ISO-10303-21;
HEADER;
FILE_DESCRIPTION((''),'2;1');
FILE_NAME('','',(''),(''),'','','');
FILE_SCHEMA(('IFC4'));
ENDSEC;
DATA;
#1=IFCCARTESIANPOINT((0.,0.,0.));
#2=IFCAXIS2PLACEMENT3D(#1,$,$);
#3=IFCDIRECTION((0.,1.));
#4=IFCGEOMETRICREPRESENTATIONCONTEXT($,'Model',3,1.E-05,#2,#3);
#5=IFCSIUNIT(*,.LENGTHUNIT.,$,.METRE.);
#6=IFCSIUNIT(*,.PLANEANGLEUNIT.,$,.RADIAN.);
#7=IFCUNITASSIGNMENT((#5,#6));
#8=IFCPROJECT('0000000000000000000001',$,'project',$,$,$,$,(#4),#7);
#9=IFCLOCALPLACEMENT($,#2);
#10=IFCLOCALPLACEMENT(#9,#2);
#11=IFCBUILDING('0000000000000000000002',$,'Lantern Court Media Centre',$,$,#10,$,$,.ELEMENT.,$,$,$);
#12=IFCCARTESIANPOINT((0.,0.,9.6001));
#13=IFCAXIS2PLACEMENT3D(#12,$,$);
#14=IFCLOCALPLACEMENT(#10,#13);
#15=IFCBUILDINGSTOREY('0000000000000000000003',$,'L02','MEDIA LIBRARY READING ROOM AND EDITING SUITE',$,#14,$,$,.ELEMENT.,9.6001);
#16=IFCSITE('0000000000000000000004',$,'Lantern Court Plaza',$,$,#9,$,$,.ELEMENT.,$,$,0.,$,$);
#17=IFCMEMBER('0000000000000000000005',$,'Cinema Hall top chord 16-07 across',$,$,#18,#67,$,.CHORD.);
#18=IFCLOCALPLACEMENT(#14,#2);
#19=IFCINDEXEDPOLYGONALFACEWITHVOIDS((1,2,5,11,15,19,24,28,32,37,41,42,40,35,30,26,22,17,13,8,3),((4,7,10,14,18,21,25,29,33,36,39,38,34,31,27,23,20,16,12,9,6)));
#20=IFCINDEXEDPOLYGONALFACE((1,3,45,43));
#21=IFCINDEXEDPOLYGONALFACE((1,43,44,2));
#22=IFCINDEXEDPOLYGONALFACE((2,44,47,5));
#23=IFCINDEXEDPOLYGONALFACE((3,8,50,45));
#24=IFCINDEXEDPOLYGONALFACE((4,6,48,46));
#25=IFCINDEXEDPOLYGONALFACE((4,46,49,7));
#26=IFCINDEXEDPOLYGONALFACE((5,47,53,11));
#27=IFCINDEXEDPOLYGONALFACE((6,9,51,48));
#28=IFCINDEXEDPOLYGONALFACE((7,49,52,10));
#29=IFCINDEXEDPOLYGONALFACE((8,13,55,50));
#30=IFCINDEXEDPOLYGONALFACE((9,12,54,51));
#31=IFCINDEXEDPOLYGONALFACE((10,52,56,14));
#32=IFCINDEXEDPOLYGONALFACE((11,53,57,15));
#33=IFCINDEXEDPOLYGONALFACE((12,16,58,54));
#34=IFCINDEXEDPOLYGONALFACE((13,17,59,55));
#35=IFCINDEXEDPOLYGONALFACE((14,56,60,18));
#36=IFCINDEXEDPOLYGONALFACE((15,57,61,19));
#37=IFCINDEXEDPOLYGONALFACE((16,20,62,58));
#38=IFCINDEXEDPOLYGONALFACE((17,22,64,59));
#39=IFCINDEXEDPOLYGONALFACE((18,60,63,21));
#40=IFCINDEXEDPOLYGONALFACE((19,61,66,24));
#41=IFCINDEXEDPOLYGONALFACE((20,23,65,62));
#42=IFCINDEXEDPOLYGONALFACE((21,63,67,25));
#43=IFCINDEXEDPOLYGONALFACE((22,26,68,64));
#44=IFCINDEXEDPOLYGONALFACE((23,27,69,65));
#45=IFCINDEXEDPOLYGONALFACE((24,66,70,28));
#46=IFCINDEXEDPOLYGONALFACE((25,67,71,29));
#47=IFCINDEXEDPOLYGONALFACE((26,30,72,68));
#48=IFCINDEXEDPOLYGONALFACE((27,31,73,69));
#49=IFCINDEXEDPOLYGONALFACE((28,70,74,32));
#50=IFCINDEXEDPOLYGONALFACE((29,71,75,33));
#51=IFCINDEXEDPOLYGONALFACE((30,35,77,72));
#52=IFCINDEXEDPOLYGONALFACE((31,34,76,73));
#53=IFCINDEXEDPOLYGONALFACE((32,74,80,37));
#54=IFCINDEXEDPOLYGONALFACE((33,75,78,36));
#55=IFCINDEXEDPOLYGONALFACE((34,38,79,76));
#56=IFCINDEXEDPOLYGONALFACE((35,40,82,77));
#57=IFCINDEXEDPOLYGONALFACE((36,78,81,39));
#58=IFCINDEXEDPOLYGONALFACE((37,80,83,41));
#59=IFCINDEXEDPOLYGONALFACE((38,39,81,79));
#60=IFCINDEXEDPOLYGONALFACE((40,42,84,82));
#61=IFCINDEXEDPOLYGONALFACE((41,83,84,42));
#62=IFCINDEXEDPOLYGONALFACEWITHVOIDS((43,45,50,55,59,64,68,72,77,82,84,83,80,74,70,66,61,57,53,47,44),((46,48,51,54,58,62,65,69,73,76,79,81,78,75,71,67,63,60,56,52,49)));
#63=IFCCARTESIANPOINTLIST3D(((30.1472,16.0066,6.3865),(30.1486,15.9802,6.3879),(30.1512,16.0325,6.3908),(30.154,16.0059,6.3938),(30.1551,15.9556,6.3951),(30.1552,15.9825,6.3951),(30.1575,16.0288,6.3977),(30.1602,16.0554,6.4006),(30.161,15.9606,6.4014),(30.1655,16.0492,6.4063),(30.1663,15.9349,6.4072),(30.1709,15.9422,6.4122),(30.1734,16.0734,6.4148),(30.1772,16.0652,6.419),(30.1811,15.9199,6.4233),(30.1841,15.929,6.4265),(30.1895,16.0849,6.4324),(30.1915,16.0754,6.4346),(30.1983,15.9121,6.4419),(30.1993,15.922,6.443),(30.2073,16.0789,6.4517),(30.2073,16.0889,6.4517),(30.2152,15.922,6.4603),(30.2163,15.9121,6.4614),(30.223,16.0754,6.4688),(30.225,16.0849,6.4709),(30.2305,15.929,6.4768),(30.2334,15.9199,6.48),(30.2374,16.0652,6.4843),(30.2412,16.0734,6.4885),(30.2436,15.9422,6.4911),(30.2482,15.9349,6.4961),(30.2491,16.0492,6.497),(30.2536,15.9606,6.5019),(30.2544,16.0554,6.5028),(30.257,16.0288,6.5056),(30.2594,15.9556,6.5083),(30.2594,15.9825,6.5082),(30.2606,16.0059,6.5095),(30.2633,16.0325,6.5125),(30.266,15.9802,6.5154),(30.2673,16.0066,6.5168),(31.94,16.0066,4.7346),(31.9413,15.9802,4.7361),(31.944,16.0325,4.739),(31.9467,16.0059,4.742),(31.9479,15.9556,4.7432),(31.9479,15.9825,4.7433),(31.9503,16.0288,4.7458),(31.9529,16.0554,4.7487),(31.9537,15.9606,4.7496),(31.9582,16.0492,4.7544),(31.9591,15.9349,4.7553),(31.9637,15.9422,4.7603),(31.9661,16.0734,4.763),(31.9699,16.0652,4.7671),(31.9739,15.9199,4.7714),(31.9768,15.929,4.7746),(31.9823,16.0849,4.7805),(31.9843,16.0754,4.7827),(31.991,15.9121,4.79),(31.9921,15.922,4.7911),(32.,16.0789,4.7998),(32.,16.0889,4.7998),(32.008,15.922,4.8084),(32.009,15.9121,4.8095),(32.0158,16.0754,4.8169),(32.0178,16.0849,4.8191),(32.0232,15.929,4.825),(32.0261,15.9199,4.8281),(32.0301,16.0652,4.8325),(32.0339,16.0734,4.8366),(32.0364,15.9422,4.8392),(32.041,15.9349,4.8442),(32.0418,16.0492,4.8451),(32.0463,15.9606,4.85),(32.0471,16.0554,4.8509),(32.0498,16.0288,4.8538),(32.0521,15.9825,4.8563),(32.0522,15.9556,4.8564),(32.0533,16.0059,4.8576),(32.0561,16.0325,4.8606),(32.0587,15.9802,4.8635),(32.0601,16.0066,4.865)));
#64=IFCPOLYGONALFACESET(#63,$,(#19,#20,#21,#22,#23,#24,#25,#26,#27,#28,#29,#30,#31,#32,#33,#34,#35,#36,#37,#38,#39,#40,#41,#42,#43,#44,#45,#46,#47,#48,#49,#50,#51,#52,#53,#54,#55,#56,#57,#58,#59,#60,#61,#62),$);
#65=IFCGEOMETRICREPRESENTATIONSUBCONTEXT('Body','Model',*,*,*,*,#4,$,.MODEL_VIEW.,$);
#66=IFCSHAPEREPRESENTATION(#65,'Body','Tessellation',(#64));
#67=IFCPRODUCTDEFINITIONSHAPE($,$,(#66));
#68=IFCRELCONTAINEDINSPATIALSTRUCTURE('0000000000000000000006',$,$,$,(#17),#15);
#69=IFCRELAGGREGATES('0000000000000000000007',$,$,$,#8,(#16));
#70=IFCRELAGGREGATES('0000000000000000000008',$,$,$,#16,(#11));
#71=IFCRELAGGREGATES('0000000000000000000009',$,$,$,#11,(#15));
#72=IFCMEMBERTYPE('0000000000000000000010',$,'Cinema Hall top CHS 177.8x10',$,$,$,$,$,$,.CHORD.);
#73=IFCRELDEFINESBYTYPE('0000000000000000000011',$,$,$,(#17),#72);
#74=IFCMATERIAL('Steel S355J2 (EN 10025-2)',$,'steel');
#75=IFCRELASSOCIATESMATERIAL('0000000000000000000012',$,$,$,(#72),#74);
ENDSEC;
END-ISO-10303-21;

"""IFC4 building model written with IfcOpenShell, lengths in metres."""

from ifc_helpers import new_model, si_unit, direction, frame, origin, origin_2d, place, context, subcontext, project, spatial, hollow_circle, extrude, material, material_profile, profile_set, type_object, element, save


model = new_model("IFC4")

# Units and contexts
model_context = context("Model", 3, precision=1e-05, world=origin(), true_north=direction((0.0, 1.0)))
body_context = subcontext(model_context, "Body", "Model", "MODEL_VIEW")
ifc_project = project(units=[si_unit("LENGTHUNIT", "METRE"), si_unit("PLANEANGLEUNIT", "RADIAN")], contexts=[model_context])

# Site, building, storey
site_placement = place(None, origin())
site = spatial("IfcSite", under=ifc_project, at=site_placement, Name="Lantern Court Plaza", CompositionType="ELEMENT", RefElevation=0.0)
building_placement = place(site_placement, origin())
building = spatial("IfcBuilding", under=site, at=building_placement, Name="Lantern Court Media Centre", CompositionType="ELEMENT")
storey_placement = place(building_placement, frame((0.0, 0.0, 9.6001)))
storey = spatial("IfcBuildingStorey", under=building, at=storey_placement, Name="L02", Description="MEDIA LIBRARY READING ROOM AND EDITING SUITE", CompositionType="ELEMENT", Elevation=9.6001)

# Member
ifc_material = material(Name="Steel S355J2 (EN 10025-2)", Category="steel")
ifc_material_profile_1 = material_profile(ifc_material, hollow_circle(Radius=0.0889, WallThickness=0.01, at=origin_2d()), Name="Cinema Hall top CHS 177.8x10")
ifc_profile_set_1 = profile_set([ifc_material_profile_1], Name="Steel S355J2 (EN 10025-2)")
member_type_1 = type_object("IfcMemberType", Name="Cinema Hall top CHS 177.8x10", PredefinedType="CHORD", material=ifc_profile_set_1)
for number, where, z_axis, x_axis, name in (
    (1, (30.2073, 16.0, 6.4517), (0.73541, 0.0, -0.677623), (0.0, 1.0, 0.0), "Cinema Hall top chord 16-07 across"),
):
    element("IfcMember", number, at=place(storey_placement, frame(where, z_axis=z_axis, x_axis=x_axis)), inside=storey, type_object=member_type_1, Name=name, PredefinedType="CHORD", context=body_context, shape_type="SweptSolid", body=[
        extrude(hollow_circle(Radius=0.0889, WallThickness=0.01, at=origin_2d()), origin(), (0.0, 0.0, 1.0), 2.4377),
    ])

save(model, "model.ifc")
